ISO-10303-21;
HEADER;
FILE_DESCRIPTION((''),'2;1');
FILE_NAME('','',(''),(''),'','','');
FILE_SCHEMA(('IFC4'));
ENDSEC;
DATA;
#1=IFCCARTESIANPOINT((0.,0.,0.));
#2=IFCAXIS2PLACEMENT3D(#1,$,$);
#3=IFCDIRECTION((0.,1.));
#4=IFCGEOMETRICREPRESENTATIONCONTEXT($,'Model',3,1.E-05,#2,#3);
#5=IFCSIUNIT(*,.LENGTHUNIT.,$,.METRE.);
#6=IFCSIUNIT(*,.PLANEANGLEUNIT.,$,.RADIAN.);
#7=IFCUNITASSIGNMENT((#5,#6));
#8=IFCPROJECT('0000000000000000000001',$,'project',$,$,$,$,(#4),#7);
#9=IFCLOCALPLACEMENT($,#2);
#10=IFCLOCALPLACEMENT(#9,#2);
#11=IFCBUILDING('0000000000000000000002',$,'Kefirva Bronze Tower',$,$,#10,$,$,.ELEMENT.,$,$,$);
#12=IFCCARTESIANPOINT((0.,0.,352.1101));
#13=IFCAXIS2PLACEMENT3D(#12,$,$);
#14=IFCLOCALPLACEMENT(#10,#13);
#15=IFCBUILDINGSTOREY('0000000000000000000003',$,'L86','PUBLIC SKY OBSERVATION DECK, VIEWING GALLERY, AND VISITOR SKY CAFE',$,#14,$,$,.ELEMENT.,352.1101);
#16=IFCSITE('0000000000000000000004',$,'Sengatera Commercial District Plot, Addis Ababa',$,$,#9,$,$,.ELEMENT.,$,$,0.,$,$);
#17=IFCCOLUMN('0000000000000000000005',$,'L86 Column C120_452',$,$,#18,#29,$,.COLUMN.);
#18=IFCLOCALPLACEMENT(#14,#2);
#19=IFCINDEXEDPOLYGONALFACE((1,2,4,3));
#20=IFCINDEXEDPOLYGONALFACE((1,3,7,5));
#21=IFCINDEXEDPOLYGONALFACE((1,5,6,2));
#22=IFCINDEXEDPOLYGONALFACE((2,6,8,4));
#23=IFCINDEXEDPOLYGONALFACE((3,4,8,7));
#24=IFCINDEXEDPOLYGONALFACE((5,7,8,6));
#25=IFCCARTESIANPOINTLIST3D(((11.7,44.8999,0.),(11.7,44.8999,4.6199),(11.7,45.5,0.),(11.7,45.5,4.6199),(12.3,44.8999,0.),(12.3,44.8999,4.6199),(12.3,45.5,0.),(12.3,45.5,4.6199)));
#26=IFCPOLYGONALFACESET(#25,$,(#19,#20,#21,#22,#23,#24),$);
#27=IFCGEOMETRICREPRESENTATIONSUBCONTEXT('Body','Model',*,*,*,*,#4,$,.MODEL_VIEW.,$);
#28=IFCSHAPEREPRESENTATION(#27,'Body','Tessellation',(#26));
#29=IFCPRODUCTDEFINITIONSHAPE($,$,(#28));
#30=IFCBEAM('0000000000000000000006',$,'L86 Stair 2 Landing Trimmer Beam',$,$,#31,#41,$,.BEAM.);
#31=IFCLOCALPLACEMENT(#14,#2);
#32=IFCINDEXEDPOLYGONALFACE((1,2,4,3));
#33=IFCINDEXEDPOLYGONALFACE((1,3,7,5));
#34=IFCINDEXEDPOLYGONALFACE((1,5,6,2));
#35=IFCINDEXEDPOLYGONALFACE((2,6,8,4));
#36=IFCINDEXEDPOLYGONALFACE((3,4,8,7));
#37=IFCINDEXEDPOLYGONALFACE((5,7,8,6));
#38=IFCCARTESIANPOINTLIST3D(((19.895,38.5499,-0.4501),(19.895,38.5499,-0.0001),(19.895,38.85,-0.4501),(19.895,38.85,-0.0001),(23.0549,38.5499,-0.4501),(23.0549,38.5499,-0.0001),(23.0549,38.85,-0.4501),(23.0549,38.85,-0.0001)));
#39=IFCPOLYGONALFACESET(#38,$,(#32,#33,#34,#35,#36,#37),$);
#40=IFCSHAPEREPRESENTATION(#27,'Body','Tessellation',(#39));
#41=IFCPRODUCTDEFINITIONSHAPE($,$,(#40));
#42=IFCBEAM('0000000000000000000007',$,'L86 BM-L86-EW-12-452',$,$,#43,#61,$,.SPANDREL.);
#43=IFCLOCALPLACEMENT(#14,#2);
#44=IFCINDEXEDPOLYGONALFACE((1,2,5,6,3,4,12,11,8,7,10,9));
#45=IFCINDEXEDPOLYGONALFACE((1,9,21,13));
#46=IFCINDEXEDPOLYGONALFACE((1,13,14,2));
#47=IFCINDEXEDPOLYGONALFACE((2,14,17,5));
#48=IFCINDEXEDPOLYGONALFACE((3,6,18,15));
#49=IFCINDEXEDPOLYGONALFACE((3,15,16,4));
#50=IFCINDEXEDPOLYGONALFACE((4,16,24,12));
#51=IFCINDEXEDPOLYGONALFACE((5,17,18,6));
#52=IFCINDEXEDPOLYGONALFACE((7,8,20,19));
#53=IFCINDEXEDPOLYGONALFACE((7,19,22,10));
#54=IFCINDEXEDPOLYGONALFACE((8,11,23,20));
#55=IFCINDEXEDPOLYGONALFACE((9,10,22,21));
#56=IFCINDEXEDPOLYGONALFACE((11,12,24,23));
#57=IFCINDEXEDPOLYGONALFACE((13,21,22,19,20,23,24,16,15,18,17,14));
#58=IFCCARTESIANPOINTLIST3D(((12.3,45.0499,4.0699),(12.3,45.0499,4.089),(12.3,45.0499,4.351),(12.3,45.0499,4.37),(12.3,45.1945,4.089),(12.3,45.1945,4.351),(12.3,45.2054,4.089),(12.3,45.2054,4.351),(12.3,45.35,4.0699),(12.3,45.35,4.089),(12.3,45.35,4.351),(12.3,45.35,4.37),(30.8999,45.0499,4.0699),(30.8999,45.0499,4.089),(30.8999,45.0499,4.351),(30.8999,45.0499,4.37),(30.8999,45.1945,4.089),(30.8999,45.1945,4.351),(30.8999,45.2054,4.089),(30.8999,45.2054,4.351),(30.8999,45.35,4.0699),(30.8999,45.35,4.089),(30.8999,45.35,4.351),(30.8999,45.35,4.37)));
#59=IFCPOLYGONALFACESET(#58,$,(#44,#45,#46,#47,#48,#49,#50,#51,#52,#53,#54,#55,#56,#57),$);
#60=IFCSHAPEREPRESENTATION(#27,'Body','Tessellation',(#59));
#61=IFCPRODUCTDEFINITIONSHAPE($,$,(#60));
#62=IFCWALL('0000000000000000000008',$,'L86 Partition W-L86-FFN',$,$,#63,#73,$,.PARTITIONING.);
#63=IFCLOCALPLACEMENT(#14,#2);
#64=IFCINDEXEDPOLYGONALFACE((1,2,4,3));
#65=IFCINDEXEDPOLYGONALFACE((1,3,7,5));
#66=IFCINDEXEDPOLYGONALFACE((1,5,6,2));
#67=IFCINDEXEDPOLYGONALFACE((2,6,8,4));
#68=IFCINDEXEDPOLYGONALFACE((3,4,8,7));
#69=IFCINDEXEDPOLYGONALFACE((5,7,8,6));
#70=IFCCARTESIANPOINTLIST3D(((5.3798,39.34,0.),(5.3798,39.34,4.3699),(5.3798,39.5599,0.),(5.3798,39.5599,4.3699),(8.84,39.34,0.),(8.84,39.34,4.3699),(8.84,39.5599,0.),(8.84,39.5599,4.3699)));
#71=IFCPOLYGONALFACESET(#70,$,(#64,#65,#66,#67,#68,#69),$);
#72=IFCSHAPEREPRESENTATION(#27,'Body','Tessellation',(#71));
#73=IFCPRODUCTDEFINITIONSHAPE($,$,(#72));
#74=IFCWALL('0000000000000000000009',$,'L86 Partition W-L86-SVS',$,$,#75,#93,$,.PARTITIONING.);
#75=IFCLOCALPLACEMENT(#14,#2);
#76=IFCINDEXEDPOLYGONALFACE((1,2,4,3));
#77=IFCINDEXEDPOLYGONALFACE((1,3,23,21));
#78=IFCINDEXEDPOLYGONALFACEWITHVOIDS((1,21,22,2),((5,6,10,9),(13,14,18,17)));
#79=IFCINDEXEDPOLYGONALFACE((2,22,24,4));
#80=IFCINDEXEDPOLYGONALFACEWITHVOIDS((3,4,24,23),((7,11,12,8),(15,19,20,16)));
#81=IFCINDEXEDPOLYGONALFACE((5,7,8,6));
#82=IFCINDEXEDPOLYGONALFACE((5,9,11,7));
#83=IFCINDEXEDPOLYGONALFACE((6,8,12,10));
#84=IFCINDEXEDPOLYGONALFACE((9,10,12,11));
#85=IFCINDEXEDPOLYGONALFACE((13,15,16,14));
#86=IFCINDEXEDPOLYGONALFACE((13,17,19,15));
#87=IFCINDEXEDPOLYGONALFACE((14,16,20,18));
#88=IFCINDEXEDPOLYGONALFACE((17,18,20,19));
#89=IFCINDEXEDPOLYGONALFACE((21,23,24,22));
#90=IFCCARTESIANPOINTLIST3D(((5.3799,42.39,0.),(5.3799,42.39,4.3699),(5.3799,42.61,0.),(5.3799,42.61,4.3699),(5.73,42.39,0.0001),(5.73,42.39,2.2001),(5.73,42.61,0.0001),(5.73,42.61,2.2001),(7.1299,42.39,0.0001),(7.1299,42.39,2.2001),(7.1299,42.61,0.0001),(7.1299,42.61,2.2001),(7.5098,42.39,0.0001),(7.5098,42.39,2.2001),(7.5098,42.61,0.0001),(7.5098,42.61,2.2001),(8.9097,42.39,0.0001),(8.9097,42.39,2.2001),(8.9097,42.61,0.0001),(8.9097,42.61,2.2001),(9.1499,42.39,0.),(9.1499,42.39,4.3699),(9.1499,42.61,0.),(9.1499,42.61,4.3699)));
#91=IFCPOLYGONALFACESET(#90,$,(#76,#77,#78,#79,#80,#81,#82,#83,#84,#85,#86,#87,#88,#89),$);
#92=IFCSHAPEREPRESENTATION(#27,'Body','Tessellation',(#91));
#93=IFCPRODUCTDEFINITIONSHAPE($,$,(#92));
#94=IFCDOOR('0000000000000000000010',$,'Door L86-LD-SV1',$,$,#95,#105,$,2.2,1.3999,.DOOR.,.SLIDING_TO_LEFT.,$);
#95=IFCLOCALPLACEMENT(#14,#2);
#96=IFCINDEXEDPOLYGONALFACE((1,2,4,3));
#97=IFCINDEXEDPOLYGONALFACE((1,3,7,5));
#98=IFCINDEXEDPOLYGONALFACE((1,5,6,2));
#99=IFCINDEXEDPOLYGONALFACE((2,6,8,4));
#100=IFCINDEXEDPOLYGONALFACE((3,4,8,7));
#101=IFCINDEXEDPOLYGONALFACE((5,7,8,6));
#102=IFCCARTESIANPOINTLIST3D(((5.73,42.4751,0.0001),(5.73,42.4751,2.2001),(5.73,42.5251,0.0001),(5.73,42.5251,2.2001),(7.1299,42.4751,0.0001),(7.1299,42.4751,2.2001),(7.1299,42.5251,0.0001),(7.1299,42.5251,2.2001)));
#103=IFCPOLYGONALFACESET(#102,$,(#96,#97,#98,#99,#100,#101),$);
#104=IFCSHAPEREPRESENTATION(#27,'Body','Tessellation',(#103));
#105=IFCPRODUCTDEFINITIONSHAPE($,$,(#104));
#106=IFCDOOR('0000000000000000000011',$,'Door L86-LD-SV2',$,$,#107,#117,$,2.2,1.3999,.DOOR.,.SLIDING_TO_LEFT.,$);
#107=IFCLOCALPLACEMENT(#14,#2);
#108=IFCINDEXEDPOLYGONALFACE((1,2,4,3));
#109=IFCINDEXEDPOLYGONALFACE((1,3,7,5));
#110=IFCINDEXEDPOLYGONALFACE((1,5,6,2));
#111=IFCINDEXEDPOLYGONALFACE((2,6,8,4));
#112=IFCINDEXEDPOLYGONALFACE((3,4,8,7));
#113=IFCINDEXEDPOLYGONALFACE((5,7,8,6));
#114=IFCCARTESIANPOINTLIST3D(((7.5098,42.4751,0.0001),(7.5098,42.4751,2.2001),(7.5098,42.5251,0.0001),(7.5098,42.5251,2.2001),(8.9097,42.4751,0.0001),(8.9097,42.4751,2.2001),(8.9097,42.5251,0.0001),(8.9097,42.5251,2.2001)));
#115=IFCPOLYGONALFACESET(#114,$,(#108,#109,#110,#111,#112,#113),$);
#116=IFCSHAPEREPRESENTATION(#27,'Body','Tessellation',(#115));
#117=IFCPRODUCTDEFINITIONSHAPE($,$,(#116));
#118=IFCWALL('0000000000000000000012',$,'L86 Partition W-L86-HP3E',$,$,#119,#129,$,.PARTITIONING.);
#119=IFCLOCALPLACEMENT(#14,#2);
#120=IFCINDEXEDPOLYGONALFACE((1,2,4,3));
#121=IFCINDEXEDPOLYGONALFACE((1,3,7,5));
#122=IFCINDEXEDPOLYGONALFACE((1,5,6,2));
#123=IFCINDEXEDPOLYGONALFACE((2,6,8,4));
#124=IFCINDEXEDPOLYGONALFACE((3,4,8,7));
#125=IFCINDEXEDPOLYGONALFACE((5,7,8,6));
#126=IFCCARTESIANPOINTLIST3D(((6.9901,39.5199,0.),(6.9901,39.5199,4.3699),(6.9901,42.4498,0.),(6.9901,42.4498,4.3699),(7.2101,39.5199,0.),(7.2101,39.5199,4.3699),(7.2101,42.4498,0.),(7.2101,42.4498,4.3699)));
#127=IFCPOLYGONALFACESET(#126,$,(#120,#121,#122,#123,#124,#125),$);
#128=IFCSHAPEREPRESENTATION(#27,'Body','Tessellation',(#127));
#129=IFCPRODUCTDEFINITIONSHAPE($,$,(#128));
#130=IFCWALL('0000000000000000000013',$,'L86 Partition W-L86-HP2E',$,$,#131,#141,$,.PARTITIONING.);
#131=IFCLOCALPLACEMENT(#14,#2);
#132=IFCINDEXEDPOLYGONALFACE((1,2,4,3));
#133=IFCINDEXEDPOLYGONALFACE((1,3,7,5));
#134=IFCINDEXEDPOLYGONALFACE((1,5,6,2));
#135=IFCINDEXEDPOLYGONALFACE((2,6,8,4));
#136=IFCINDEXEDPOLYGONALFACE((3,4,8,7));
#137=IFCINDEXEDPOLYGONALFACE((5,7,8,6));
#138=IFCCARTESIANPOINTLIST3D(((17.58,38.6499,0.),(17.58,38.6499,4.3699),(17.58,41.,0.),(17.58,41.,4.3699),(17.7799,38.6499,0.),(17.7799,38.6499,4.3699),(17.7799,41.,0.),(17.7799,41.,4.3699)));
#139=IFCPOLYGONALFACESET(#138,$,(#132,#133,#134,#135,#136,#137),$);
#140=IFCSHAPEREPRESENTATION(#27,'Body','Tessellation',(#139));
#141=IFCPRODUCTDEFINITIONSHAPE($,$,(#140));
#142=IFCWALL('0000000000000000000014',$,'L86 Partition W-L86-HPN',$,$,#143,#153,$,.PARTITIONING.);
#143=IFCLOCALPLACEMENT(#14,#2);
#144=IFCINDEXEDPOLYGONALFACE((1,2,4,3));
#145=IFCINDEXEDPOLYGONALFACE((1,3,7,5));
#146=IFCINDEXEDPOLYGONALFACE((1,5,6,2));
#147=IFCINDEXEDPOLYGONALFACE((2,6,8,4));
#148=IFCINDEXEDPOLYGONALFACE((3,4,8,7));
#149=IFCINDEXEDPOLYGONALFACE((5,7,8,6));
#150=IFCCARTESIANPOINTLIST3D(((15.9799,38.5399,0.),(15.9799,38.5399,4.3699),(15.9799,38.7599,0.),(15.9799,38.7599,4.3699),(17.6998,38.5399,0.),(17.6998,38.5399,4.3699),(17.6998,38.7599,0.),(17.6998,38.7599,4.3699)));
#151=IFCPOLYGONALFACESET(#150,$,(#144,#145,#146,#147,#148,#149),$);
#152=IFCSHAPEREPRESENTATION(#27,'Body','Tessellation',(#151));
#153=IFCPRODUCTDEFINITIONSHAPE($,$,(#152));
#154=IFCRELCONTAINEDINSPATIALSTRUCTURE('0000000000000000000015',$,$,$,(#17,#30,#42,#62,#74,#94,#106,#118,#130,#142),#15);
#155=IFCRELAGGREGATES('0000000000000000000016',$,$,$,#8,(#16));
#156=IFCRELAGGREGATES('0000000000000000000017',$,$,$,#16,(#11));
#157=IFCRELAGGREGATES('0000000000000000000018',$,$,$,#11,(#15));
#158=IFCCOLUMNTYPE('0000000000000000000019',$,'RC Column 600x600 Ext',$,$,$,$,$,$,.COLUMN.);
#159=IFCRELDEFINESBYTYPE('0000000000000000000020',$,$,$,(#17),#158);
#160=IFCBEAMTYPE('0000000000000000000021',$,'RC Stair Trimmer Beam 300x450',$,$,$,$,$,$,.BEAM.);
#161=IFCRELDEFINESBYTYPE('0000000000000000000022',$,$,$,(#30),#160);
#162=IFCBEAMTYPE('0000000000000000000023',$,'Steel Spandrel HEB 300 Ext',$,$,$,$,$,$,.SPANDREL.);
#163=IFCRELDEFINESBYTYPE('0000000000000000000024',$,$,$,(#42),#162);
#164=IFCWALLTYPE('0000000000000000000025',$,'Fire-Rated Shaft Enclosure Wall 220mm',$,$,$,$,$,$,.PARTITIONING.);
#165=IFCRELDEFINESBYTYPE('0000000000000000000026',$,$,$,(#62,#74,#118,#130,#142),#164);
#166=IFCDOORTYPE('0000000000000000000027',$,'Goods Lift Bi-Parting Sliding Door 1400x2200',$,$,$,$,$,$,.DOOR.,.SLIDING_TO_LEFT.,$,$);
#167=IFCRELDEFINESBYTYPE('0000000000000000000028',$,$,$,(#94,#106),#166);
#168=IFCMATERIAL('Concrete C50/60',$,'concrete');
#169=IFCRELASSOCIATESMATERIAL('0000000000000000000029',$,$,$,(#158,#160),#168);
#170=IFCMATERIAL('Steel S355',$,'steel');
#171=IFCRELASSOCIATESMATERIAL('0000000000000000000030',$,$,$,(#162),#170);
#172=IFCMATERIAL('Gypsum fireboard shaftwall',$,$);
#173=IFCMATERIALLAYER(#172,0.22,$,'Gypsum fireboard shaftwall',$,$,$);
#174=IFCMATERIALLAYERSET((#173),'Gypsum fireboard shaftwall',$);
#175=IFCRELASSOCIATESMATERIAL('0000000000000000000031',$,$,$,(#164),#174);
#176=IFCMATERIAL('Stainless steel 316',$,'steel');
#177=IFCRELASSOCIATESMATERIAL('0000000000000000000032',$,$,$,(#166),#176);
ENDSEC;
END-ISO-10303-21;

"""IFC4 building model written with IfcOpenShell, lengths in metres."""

from ifc_helpers import new_model, si_unit, direction, frame, frame_2d, origin, origin_2d, place, context, subcontext, project, spatial, rectangle, i_section, extrude, material, layer, layer_set, material_profile, profile_set, type_object, element, fill, save


model = new_model("IFC4")

# Units and contexts
model_context = context("Model", 3, precision=1e-05, world=origin(), true_north=direction((0.0, 1.0)))
body_context = subcontext(model_context, "Body", "Model", "MODEL_VIEW")
ifc_project = project(units=[si_unit("LENGTHUNIT", "METRE"), si_unit("PLANEANGLEUNIT", "RADIAN")], contexts=[model_context])

# Site, building, storey
site_placement = place(None, origin())
site = spatial("IfcSite", under=ifc_project, at=site_placement, Name="Sengatera Commercial District Plot, Addis Ababa", CompositionType="ELEMENT", RefElevation=0.0)
building_placement = place(site_placement, origin())
building = spatial("IfcBuilding", under=site, at=building_placement, Name="Kefirva Bronze Tower", CompositionType="ELEMENT")
storey_placement = place(building_placement, frame((0.0, 0.0, 352.1101)))
storey = spatial("IfcBuildingStorey", under=building, at=storey_placement, Name="L86", Description="PUBLIC SKY OBSERVATION DECK, VIEWING GALLERY, AND VISITOR SKY CAFE", CompositionType="ELEMENT", Elevation=352.1101)

# Column
ifc_material_1 = material(Name="Concrete C50/60", Category="concrete")
ifc_material_profile_1 = material_profile(ifc_material_1, rectangle(XDim=0.6001, YDim=0.6001, at=origin_2d()), Name="RC 600x600")
ifc_profile_set_1 = profile_set([ifc_material_profile_1], Name="Concrete C50/60")
column_type = type_object("IfcColumnType", Name="RC Column 600x600 Ext", PredefinedType="COLUMN", material=ifc_profile_set_1)
column_placement = place(storey_placement, frame((12.0, 45.2, 0.0), z_axis=(0.0, 0.0, 1.0), x_axis=(1.0, 0.0, 0.0)))
element("IfcColumn", 1, at=column_placement, inside=storey, type_object=column_type, Name="L86 Column C120_452", PredefinedType="COLUMN", context=body_context, shape_type="SweptSolid", body=[
    extrude(rectangle(XDim=0.6001, YDim=0.6001, at=origin_2d()), origin(), (0.0, 0.0, 1.0), 4.6199),
])

# Beams
ifc_material_profile_2 = material_profile(ifc_material_1, rectangle(XDim=0.3, YDim=0.45, at=origin_2d()), Name="RC 300x450")
ifc_profile_set_2 = profile_set([ifc_material_profile_2], Name="Concrete C50/60")
beam_type_1 = type_object("IfcBeamType", Name="RC Stair Trimmer Beam 300x450", PredefinedType="BEAM", material=ifc_profile_set_2)
beam_1_placement = place(storey_placement, frame((19.895, 38.7, -0.2251), z_axis=(1.0, 0.0, 0.0), x_axis=(0.0, 1.0, 0.0)))
element("IfcBeam", 2, at=beam_1_placement, inside=storey, type_object=beam_type_1, Name="L86 Stair 2 Landing Trimmer Beam", PredefinedType="BEAM", context=body_context, shape_type="SweptSolid", body=[
    extrude(rectangle(XDim=0.3, YDim=0.45, at=origin_2d()), origin(), (0.0, 0.0, 1.0), 3.1599),
])
ifc_material_2 = material(Name="Steel S355", Category="steel")
ifc_material_profile_3 = material_profile(ifc_material_2, i_section(OverallWidth=0.3, OverallDepth=0.3, WebThickness=0.011, FlangeThickness=0.019, at=origin_2d()), Name="HEB 300")
ifc_profile_set_3 = profile_set([ifc_material_profile_3], Name="Steel S355")
beam_type_2 = type_object("IfcBeamType", Name="Steel Spandrel HEB 300 Ext", PredefinedType="SPANDREL", material=ifc_profile_set_3)
beam_2_placement = place(storey_placement, frame((12.3, 45.2, 4.22), z_axis=(1.0, 0.0, 0.0), x_axis=(0.0, 1.0, 0.0)))
element("IfcBeam", 3, at=beam_2_placement, inside=storey, type_object=beam_type_2, Name="L86 BM-L86-EW-12-452", PredefinedType="SPANDREL", context=body_context, shape_type="SweptSolid", body=[
    extrude(i_section(OverallWidth=0.3, OverallDepth=0.3, WebThickness=0.011, FlangeThickness=0.019, at=origin_2d()), origin(), (0.0, 0.0, 1.0), 18.5999),
])

# Wall
ifc_material_3 = material(Name="Gypsum fireboard shaftwall")
ifc_layer_1 = layer(ifc_material_3, 0.22, Name="Gypsum fireboard shaftwall")
ifc_layer_set_1 = layer_set([ifc_layer_1], Name="Gypsum fireboard shaftwall")
wall_type_1 = type_object("IfcWallType", Name="Fire-Rated Shaft Enclosure Wall 220mm", PredefinedType="PARTITIONING", material=ifc_layer_set_1)
wall_1_placement = place(storey_placement, frame((5.3799, 39.45, 0.0), z_axis=(0.0, 0.0, 1.0), x_axis=(1.0, 0.0, 0.0)))
element("IfcWall", 4, at=wall_1_placement, inside=storey, type_object=wall_type_1, Name="L86 Partition W-L86-FFN", PredefinedType="PARTITIONING", context=body_context, shape_type="SweptSolid", body=[
    extrude(rectangle(XDim=3.4602, YDim=0.22, at=frame_2d((1.73, 0.0))), origin(), (0.0, 0.0, 1.0), 4.3699),
])

# Wall, openings, doors
wall_2_placement = place(storey_placement, frame((5.3799, 42.5, 0.0), z_axis=(0.0, 0.0, 1.0), x_axis=(1.0, 0.0, 0.0)))
wall_2 = element("IfcWall", 5, at=wall_2_placement, inside=storey, type_object=wall_type_1, Name="L86 Partition W-L86-SVS", PredefinedType="PARTITIONING", context=body_context, shape_type="SweptSolid", body=[
    extrude(rectangle(XDim=3.77, YDim=0.22, at=frame_2d((1.885, 0.0))), origin(), (0.0, 0.0, 1.0), 4.3699),
])
opening_1_placement = place(wall_2_placement, frame((1.75, 0.0, 0.0), z_axis=(0.0, 0.0, 1.0), x_axis=(-1.0, 0.0, 0.0)))
opening_1 = element("IfcOpeningElement", 6, at=opening_1_placement, cuts=wall_2, PredefinedType="OPENING", context=body_context, shape_type="SweptSolid", body=[
    extrude(rectangle(XDim=1.3999, YDim=2.2, at=frame_2d((0.7, 1.1001))), frame((0.0, 0.1201, 0.0), z_axis=(0.0, -1.0, 0.0), x_axis=(1.0, 0.0, 0.0)), (0.0, 0.0, 1.0), 0.24),
])
opening_2_placement = place(wall_2_placement, frame((3.5298, 0.0, 0.0), z_axis=(0.0, 0.0, 1.0), x_axis=(-1.0, 0.0, 0.0)))
opening_2 = element("IfcOpeningElement", 7, at=opening_2_placement, cuts=wall_2, PredefinedType="OPENING", context=body_context, shape_type="SweptSolid", body=[
    extrude(rectangle(XDim=1.3999, YDim=2.2, at=frame_2d((0.7, 1.1001))), frame((0.0, 0.1201, 0.0), z_axis=(0.0, -1.0, 0.0), x_axis=(1.0, 0.0, 0.0)), (0.0, 0.0, 1.0), 0.24),
])
ifc_material_4 = material(Name="Stainless steel 316", Category="steel")
door_type_1 = type_object("IfcDoorType", Name="Goods Lift Bi-Parting Sliding Door 1400x2200", OperationType="SLIDING_TO_LEFT", PredefinedType="DOOR", material=ifc_material_4)
door_1_placement = place(opening_1_placement, origin())
door_1 = element("IfcDoor", 8, at=door_1_placement, inside=storey, type_object=door_type_1, Name="Door L86-LD-SV1", OperationType="SLIDING_TO_LEFT", OverallHeight=2.2, OverallWidth=1.3999, PredefinedType="DOOR", context=body_context, shape_type="SweptSolid", body=[
    extrude(rectangle(XDim=1.3999, YDim=2.2, at=frame_2d((0.7, 1.1001))), frame((0.0, 0.0249, 0.0), z_axis=(0.0, -1.0, 0.0), x_axis=(1.0, 0.0, 0.0)), (0.0, 0.0, 1.0), 0.05),
])
fill(opening_1, door_1)
door_2_placement = place(opening_2_placement, origin())
door_2 = element("IfcDoor", 9, at=door_2_placement, inside=storey, type_object=door_type_1, Name="Door L86-LD-SV2", OperationType="SLIDING_TO_LEFT", OverallHeight=2.2, OverallWidth=1.3999, PredefinedType="DOOR", context=body_context, shape_type="SweptSolid", body=[
    extrude(rectangle(XDim=1.3999, YDim=2.2, at=frame_2d((0.7, 1.1001))), frame((0.0, 0.0249, 0.0), z_axis=(0.0, -1.0, 0.0), x_axis=(1.0, 0.0, 0.0)), (0.0, 0.0, 1.0), 0.05),
])
fill(opening_2, door_2)

# Walls
wall_3_placement = place(storey_placement, frame((7.1001, 39.52, 0.0), z_axis=(0.0, 0.0, 1.0), x_axis=(0.0, 1.0, 0.0)))
element("IfcWall", 10, at=wall_3_placement, inside=storey, type_object=wall_type_1, Name="L86 Partition W-L86-HP3E", PredefinedType="PARTITIONING", context=body_context, shape_type="SweptSolid", body=[
    extrude(rectangle(XDim=2.9299, YDim=0.22, at=frame_2d((1.4648, 0.0))), origin(), (0.0, 0.0, 1.0), 4.3699),
])
wall_4_placement = place(storey_placement, frame((17.6799, 38.6499, 0.0), z_axis=(0.0, 0.0, 1.0), x_axis=(0.0, 1.0, 0.0)))
element("IfcWall", 11, at=wall_4_placement, inside=storey, type_object=wall_type_1, Name="L86 Partition W-L86-HP2E", PredefinedType="PARTITIONING", context=body_context, shape_type="SweptSolid", body=[
    extrude(rectangle(XDim=2.3501, YDim=0.2, at=frame_2d((1.175, 0.0))), origin(), (0.0, 0.0, 1.0), 4.3699),
])
wall_5_placement = place(storey_placement, frame((15.98, 38.6499, 0.0), z_axis=(0.0, 0.0, 1.0), x_axis=(1.0, 0.0, 0.0)))
element("IfcWall", 12, at=wall_5_placement, inside=storey, type_object=wall_type_1, Name="L86 Partition W-L86-HPN", PredefinedType="PARTITIONING", context=body_context, shape_type="SweptSolid", body=[
    extrude(rectangle(XDim=1.72, YDim=0.22, at=frame_2d((0.8599, 0.0))), origin(), (0.0, 0.0, 1.0), 4.3699),
])

save(model, "model.ifc")
